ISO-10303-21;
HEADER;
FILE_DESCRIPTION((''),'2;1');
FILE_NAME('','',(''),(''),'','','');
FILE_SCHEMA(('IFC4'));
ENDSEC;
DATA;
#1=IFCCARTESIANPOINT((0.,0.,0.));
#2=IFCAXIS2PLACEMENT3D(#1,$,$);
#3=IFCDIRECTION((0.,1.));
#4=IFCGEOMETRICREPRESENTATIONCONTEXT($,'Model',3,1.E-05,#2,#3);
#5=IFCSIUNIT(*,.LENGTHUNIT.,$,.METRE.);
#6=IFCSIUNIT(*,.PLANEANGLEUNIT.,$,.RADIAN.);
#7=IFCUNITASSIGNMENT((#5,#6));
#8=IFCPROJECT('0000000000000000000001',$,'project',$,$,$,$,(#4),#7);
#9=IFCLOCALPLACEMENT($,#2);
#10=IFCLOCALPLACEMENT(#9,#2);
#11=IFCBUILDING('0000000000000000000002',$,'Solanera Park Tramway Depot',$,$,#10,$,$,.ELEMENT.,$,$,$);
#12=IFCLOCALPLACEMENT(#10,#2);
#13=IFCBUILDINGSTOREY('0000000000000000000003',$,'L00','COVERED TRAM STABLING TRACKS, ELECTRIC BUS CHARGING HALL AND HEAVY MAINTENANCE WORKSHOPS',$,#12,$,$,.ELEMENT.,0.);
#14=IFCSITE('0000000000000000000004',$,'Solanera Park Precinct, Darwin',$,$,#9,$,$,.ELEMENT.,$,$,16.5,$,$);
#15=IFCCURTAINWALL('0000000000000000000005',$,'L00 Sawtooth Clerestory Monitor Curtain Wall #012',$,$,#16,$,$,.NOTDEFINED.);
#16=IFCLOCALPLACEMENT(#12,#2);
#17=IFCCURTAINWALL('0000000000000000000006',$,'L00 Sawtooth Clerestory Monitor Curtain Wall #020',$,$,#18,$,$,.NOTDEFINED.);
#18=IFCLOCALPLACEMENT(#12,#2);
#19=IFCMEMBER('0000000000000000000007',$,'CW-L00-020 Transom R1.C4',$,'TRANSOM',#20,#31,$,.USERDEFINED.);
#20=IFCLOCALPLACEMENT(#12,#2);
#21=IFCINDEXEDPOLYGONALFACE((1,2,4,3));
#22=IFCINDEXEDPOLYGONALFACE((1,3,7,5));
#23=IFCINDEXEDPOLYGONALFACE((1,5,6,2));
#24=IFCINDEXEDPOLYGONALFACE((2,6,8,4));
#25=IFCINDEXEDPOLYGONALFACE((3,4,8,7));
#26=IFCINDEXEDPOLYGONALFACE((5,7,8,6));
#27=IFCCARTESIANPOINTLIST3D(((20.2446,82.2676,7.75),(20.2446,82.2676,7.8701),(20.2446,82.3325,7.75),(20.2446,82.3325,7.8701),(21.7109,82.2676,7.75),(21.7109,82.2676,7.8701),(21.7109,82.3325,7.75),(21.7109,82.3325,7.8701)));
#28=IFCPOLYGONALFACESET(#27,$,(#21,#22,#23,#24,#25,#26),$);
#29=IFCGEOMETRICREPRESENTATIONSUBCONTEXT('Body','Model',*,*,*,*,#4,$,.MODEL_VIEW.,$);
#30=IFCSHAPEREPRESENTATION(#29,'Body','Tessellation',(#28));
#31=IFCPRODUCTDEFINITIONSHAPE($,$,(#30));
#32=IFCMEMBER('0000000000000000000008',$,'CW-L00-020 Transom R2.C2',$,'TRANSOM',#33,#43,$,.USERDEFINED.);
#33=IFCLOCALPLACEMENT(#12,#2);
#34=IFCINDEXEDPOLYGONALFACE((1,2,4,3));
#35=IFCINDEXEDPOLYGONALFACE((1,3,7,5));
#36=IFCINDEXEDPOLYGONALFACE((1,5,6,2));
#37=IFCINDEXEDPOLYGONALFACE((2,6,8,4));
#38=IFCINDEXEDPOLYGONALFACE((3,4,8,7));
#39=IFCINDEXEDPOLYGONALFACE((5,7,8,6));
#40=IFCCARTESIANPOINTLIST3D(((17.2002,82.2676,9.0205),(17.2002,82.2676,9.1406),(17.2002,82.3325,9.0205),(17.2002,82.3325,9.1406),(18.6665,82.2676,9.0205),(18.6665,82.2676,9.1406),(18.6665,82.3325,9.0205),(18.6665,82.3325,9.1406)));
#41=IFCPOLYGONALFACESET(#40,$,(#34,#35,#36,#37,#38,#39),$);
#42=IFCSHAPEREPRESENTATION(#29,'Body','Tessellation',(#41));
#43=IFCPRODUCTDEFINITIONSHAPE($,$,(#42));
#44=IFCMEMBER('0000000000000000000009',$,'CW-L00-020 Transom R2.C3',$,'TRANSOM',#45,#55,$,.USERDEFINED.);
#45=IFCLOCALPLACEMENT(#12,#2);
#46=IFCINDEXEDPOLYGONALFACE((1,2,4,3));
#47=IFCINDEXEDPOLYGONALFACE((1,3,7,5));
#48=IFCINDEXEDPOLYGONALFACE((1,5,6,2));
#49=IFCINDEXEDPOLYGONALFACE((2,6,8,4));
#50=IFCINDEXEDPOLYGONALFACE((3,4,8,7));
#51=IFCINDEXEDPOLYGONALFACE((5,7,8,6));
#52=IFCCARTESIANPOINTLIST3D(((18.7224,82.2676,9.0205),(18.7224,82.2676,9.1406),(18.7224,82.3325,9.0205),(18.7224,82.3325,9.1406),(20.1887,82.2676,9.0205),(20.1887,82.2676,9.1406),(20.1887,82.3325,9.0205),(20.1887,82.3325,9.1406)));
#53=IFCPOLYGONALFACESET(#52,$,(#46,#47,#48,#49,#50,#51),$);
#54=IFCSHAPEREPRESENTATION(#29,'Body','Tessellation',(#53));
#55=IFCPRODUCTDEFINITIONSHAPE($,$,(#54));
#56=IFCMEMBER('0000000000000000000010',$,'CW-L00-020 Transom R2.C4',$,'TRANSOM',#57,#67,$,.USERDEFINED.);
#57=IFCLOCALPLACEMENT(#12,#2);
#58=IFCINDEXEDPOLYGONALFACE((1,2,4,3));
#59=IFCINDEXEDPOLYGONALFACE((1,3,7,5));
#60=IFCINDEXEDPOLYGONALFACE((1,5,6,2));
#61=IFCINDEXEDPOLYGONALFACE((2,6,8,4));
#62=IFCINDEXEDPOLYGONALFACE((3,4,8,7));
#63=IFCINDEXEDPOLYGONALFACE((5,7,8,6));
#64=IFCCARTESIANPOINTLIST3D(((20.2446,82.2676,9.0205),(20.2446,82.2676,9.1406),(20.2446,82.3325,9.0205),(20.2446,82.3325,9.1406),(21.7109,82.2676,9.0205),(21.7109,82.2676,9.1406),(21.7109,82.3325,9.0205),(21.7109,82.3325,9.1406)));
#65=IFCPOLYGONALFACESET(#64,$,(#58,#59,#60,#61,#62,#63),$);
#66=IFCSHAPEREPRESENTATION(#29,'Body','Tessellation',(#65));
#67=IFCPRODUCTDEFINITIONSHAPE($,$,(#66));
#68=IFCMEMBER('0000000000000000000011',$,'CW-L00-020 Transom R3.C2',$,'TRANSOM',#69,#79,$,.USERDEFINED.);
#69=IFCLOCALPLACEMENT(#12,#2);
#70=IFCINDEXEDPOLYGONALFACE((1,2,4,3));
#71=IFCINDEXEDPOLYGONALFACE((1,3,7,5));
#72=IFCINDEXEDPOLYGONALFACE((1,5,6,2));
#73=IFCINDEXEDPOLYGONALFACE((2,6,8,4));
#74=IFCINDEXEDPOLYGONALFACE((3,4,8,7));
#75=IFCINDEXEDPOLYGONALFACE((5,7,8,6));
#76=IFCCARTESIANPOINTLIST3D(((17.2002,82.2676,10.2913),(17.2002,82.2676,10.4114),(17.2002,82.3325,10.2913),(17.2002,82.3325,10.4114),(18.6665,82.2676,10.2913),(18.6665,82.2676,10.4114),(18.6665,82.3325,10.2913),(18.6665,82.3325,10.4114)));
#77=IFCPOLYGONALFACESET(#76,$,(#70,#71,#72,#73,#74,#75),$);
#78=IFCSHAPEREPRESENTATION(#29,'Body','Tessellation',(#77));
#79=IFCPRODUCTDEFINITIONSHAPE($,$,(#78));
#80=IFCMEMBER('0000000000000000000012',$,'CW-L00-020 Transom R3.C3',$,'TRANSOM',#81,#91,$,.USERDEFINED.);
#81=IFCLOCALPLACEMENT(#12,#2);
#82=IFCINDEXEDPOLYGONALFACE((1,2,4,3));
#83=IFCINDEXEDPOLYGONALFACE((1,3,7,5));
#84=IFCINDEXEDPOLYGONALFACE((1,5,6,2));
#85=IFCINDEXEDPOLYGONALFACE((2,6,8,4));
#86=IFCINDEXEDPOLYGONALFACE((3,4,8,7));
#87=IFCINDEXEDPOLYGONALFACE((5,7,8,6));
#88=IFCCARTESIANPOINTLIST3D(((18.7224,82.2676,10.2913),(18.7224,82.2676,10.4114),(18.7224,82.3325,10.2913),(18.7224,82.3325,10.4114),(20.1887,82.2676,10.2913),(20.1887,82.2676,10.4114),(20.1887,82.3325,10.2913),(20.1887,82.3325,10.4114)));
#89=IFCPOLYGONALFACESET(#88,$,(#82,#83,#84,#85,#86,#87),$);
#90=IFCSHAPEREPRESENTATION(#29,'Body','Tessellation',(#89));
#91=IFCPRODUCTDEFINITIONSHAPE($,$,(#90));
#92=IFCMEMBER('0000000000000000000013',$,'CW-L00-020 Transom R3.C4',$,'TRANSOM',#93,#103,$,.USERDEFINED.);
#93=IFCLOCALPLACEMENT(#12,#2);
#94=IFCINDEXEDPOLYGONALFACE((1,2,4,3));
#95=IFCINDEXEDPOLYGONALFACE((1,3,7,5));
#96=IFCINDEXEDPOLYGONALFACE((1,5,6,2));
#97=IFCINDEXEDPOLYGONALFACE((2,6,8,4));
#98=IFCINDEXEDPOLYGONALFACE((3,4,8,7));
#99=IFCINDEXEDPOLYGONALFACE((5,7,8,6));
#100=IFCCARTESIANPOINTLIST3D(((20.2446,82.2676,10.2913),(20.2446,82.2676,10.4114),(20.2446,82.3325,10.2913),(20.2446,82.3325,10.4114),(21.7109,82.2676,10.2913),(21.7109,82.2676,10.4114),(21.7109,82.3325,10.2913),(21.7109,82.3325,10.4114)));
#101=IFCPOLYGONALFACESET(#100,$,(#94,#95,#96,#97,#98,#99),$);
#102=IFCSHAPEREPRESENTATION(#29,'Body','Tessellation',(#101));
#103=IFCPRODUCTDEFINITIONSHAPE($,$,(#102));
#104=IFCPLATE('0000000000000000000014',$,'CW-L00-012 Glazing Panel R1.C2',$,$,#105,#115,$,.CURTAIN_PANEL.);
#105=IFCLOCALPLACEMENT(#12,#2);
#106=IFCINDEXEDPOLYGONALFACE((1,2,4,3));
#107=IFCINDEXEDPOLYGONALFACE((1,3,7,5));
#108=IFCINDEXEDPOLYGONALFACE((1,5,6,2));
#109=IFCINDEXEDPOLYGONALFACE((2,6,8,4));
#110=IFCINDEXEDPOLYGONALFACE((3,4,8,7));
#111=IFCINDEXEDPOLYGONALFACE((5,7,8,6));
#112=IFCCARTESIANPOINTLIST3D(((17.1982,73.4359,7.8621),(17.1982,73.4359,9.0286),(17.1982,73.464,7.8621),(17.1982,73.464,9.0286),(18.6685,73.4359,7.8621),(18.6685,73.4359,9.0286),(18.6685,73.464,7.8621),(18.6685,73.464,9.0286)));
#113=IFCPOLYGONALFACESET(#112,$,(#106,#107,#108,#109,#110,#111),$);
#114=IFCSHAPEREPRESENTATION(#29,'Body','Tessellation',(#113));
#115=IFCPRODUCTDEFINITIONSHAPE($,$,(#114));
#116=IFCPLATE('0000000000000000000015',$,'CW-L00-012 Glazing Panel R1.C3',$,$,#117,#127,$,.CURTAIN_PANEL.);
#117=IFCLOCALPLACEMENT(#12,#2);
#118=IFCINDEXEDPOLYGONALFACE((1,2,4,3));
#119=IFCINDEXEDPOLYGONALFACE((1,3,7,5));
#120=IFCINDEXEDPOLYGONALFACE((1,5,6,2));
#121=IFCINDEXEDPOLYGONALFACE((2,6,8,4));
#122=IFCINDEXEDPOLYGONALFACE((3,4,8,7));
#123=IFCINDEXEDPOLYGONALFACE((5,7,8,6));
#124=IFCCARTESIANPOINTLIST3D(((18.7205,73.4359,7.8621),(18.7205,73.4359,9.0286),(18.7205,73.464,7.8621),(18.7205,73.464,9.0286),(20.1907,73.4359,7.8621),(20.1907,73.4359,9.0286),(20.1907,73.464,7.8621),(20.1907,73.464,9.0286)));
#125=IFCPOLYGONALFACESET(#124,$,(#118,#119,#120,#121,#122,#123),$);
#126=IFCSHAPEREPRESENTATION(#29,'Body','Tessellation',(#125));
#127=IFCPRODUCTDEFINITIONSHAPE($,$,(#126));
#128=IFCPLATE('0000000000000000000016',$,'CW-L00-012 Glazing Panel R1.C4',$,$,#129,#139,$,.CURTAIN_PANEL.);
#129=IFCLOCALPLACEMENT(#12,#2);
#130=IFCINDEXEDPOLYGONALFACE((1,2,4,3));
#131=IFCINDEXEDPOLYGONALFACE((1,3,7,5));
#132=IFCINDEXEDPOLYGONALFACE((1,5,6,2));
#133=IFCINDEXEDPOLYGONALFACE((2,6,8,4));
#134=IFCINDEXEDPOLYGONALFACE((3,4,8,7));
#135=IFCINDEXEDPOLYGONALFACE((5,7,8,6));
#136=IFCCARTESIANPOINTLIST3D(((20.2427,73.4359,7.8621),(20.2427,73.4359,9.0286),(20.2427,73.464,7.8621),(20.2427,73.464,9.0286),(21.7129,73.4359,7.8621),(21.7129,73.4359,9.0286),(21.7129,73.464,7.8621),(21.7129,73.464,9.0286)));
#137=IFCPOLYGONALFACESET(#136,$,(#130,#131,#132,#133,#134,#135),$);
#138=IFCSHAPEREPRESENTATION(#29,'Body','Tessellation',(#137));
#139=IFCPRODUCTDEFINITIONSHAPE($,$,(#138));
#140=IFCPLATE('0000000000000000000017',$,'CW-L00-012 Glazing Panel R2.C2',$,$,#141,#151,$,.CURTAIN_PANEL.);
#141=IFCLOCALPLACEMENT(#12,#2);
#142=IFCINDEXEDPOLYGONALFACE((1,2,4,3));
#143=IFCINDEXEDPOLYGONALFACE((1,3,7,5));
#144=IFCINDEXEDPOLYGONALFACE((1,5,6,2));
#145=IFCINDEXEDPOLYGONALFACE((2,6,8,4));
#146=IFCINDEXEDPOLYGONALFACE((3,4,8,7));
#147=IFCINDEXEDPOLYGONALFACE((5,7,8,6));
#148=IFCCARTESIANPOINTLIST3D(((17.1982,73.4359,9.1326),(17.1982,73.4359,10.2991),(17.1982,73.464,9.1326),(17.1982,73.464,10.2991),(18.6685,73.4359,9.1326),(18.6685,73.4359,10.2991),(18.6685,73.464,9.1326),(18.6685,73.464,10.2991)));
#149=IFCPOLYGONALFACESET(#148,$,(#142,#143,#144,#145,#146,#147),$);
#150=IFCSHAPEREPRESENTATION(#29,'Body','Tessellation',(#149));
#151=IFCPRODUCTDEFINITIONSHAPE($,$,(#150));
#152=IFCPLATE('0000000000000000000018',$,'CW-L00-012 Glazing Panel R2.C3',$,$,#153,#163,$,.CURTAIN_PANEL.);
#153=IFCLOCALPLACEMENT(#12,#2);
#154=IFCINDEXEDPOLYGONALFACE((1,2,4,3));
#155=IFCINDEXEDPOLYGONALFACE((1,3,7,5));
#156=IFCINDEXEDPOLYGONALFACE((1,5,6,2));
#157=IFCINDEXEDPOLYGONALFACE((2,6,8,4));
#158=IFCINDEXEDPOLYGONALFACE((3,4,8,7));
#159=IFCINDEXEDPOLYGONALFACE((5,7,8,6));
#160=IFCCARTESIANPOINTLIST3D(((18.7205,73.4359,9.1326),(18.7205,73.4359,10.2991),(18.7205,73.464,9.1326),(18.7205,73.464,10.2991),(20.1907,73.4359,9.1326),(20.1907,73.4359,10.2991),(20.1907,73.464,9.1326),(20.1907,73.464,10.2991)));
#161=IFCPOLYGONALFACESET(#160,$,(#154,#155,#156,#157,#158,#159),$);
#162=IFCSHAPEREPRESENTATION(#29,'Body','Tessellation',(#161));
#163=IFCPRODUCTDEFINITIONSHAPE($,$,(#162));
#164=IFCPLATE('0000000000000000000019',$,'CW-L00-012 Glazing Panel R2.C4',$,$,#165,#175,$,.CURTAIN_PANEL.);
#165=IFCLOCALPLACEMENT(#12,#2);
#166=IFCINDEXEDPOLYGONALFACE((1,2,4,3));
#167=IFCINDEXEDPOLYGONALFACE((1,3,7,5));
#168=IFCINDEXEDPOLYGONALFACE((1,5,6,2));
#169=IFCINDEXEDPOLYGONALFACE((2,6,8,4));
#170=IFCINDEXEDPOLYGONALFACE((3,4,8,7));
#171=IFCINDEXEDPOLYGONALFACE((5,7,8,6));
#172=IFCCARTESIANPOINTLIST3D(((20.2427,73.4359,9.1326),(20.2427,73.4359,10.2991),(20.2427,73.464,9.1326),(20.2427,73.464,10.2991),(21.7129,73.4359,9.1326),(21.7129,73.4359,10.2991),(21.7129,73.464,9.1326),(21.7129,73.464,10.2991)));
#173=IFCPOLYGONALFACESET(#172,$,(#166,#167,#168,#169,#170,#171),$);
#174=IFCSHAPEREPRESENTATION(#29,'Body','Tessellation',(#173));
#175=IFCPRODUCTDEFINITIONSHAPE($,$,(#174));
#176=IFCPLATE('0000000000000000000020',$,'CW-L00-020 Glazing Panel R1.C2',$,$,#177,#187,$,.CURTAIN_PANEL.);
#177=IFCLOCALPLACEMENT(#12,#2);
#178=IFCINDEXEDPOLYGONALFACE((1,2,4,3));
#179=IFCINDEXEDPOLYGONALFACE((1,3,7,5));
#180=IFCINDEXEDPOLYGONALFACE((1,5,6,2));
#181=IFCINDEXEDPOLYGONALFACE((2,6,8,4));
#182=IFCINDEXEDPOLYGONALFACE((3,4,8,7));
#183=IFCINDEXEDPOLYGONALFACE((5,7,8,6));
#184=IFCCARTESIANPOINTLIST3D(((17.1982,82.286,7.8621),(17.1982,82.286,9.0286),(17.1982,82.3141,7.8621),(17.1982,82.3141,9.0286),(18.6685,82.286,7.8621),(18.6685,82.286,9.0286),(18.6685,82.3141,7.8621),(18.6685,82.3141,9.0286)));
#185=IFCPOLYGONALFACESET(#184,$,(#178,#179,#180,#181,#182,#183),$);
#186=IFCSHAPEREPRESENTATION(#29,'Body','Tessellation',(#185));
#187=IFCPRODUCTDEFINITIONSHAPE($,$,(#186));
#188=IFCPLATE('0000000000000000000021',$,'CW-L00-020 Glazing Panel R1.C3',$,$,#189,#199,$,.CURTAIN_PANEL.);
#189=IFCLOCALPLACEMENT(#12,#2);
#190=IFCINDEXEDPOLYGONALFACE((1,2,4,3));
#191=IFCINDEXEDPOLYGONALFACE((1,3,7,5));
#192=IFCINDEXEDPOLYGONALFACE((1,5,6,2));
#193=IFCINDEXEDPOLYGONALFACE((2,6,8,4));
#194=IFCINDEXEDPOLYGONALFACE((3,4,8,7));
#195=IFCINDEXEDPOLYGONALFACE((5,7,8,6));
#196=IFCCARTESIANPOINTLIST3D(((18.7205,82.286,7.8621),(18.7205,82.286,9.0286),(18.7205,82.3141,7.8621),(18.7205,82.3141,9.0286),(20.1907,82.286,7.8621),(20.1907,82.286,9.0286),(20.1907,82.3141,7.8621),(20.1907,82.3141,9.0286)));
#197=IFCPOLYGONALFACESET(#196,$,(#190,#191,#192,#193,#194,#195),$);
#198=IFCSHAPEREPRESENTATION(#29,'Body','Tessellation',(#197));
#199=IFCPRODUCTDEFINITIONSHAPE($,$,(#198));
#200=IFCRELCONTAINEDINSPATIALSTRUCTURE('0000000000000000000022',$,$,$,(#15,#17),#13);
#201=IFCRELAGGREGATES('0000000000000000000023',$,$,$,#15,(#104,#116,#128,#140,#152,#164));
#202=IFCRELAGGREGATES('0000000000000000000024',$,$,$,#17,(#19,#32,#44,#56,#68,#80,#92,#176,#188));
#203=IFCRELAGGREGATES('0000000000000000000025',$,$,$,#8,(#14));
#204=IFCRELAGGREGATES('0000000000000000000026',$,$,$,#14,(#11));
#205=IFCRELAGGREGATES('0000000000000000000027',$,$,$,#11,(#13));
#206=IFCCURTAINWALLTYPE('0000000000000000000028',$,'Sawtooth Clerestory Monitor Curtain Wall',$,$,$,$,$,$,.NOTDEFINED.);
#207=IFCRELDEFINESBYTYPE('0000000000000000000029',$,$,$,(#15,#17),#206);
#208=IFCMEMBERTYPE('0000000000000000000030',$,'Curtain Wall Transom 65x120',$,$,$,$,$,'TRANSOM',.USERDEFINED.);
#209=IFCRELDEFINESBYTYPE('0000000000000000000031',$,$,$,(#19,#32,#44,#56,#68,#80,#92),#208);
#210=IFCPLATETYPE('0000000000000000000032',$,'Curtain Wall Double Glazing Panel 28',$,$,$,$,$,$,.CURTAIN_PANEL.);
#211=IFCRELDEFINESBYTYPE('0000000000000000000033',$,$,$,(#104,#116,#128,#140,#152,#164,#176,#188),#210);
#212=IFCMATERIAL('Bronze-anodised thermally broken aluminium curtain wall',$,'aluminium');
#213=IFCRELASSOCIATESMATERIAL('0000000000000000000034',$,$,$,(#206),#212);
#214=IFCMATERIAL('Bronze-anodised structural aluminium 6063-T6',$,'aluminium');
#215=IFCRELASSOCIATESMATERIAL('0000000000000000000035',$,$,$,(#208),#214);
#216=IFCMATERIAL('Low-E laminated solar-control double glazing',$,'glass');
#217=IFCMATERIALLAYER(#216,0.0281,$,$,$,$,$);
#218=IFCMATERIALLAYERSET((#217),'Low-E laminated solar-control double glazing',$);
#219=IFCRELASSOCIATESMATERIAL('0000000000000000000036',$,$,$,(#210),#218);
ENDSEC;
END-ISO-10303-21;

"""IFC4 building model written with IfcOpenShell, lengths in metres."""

from ifc_helpers import new_model, si_unit, direction, frame, origin, origin_2d, place, context, subcontext, project, spatial, rectangle, extrude, material, layer, layer_set, material_profile, profile_set, type_object, element, aggregate, save


model = new_model("IFC4")

# Units and contexts
model_context = context("Model", 3, precision=1e-05, world=origin(), true_north=direction((0.0, 1.0)))
body_context = subcontext(model_context, "Body", "Model", "MODEL_VIEW")
ifc_project = project(units=[si_unit("LENGTHUNIT", "METRE"), si_unit("PLANEANGLEUNIT", "RADIAN")], contexts=[model_context])

# Site, building, storey
site_placement = place(None, origin())
site = spatial("IfcSite", under=ifc_project, at=site_placement, Name="Solanera Park Precinct, Darwin", CompositionType="ELEMENT", RefElevation=16.5)
building_placement = place(site_placement, origin())
building = spatial("IfcBuilding", under=site, at=building_placement, Name="Solanera Park Tramway Depot", CompositionType="ELEMENT")
storey_placement = place(building_placement, origin())
storey = spatial("IfcBuildingStorey", under=building, at=storey_placement, Name="L00", Description="COVERED TRAM STABLING TRACKS, ELECTRIC BUS CHARGING HALL AND HEAVY MAINTENANCE WORKSHOPS", CompositionType="ELEMENT", Elevation=0.0)

# Curtain walls
ifc_material_1 = material(Name="Bronze-anodised thermally broken aluminium curtain wall", Category="aluminium")
curtain_wall_type = type_object("IfcCurtainWallType", Name="Sawtooth Clerestory Monitor Curtain Wall", PredefinedType="NOTDEFINED", material=ifc_material_1)
curtain_wall_1_placement = place(storey_placement, origin())
curtain_wall_1 = element("IfcCurtainWall", 1, at=curtain_wall_1_placement, inside=storey, type_object=curtain_wall_type, Name="L00 Sawtooth Clerestory Monitor Curtain Wall #012", PredefinedType="NOTDEFINED")
curtain_wall_2_placement = place(storey_placement, origin())
curtain_wall_2 = element("IfcCurtainWall", 2, at=curtain_wall_2_placement, inside=storey, type_object=curtain_wall_type, Name="L00 Sawtooth Clerestory Monitor Curtain Wall #020", PredefinedType="NOTDEFINED")

# Members
ifc_material_2 = material(Name="Bronze-anodised structural aluminium 6063-T6", Category="aluminium")
ifc_material_profile_1 = material_profile(ifc_material_2, rectangle(XDim=0.0649, YDim=0.1201, at=origin_2d()), Name="Curtain Wall Transom 65x120")
ifc_profile_set_1 = profile_set([ifc_material_profile_1], Name="Bronze-anodised structural aluminium 6063-T6")
member_type_1 = type_object("IfcMemberType", Name="Curtain Wall Transom 65x120", ElementType="TRANSOM", PredefinedType="USERDEFINED", material=ifc_profile_set_1)
member_1_placement = place(storey_placement, frame((20.2446, 82.3, 7.8101), z_axis=(1.0, 0.0, 0.0), x_axis=(0.0, 1.0, 0.0)))
member_1 = element("IfcMember", 3, at=member_1_placement, type_object=member_type_1, Name="CW-L00-020 Transom R1.C4", ObjectType="TRANSOM", PredefinedType="USERDEFINED", context=body_context, shape_type="SweptSolid", body=[
    extrude(rectangle(XDim=0.0649, YDim=0.1201, at=origin_2d()), origin(), (0.0, 0.0, 1.0), 1.4663),
])
member_2_placement = place(storey_placement, frame((17.2002, 82.3, 9.0806), z_axis=(1.0, 0.0, 0.0), x_axis=(0.0, 1.0, 0.0)))
member_2 = element("IfcMember", 4, at=member_2_placement, type_object=member_type_1, Name="CW-L00-020 Transom R2.C2", ObjectType="TRANSOM", PredefinedType="USERDEFINED", context=body_context, shape_type="SweptSolid", body=[
    extrude(rectangle(XDim=0.0649, YDim=0.1201, at=origin_2d()), origin(), (0.0, 0.0, 1.0), 1.4663),
])
member_3_placement = place(storey_placement, frame((18.7224, 82.3, 9.0806), z_axis=(1.0, 0.0, 0.0), x_axis=(0.0, 1.0, 0.0)))
member_3 = element("IfcMember", 5, at=member_3_placement, type_object=member_type_1, Name="CW-L00-020 Transom R2.C3", ObjectType="TRANSOM", PredefinedType="USERDEFINED", context=body_context, shape_type="SweptSolid", body=[
    extrude(rectangle(XDim=0.0649, YDim=0.1201, at=origin_2d()), origin(), (0.0, 0.0, 1.0), 1.4663),
])
member_4_placement = place(storey_placement, frame((20.2446, 82.3, 9.0806), z_axis=(1.0, 0.0, 0.0), x_axis=(0.0, 1.0, 0.0)))
member_4 = element("IfcMember", 6, at=member_4_placement, type_object=member_type_1, Name="CW-L00-020 Transom R2.C4", ObjectType="TRANSOM", PredefinedType="USERDEFINED", context=body_context, shape_type="SweptSolid", body=[
    extrude(rectangle(XDim=0.0649, YDim=0.1201, at=origin_2d()), origin(), (0.0, 0.0, 1.0), 1.4663),
])
member_5_placement = place(storey_placement, frame((17.2002, 82.3, 10.3513), z_axis=(1.0, 0.0, 0.0), x_axis=(0.0, 1.0, 0.0)))
member_5 = element("IfcMember", 7, at=member_5_placement, type_object=member_type_1, Name="CW-L00-020 Transom R3.C2", ObjectType="TRANSOM", PredefinedType="USERDEFINED", context=body_context, shape_type="SweptSolid", body=[
    extrude(rectangle(XDim=0.0649, YDim=0.1201, at=origin_2d()), origin(), (0.0, 0.0, 1.0), 1.4663),
])
member_6_placement = place(storey_placement, frame((18.7224, 82.3, 10.3513), z_axis=(1.0, 0.0, 0.0), x_axis=(0.0, 1.0, 0.0)))
member_6 = element("IfcMember", 8, at=member_6_placement, type_object=member_type_1, Name="CW-L00-020 Transom R3.C3", ObjectType="TRANSOM", PredefinedType="USERDEFINED", context=body_context, shape_type="SweptSolid", body=[
    extrude(rectangle(XDim=0.0649, YDim=0.1201, at=origin_2d()), origin(), (0.0, 0.0, 1.0), 1.4663),
])
member_7_placement = place(storey_placement, frame((20.2446, 82.3, 10.3513), z_axis=(1.0, 0.0, 0.0), x_axis=(0.0, 1.0, 0.0)))
member_7 = element("IfcMember", 9, at=member_7_placement, type_object=member_type_1, Name="CW-L00-020 Transom R3.C4", ObjectType="TRANSOM", PredefinedType="USERDEFINED", context=body_context, shape_type="SweptSolid", body=[
    extrude(rectangle(XDim=0.0649, YDim=0.1201, at=origin_2d()), origin(), (0.0, 0.0, 1.0), 1.4663),
])

# Plates
ifc_material_3 = material(Name="Low-E laminated solar-control double glazing", Category="glass")
ifc_layer = layer(ifc_material_3, 0.0281)
ifc_layer_set = layer_set([ifc_layer], Name="Low-E laminated solar-control double glazing")
plate_type = type_object("IfcPlateType", Name="Curtain Wall Double Glazing Panel 28", PredefinedType="CURTAIN_PANEL", material=ifc_layer_set)
plate_1_placement = place(storey_placement, frame((17.9333, 73.45, 7.8621), z_axis=(0.0, 0.0, 1.0), x_axis=(1.0, 0.0, 0.0)))
plate_1 = element("IfcPlate", 10, at=plate_1_placement, type_object=plate_type, Name="CW-L00-012 Glazing Panel R1.C2", PredefinedType="CURTAIN_PANEL", context=body_context, shape_type="SweptSolid", body=[
    extrude(rectangle(XDim=1.4702, YDim=0.0281, at=origin_2d()), origin(), (0.0, 0.0, 1.0), 1.1665),
])
plate_2_placement = place(storey_placement, frame((19.4556, 73.45, 7.8621), z_axis=(0.0, 0.0, 1.0), x_axis=(1.0, 0.0, 0.0)))
plate_2 = element("IfcPlate", 11, at=plate_2_placement, type_object=plate_type, Name="CW-L00-012 Glazing Panel R1.C3", PredefinedType="CURTAIN_PANEL", context=body_context, shape_type="SweptSolid", body=[
    extrude(rectangle(XDim=1.4702, YDim=0.0281, at=origin_2d()), origin(), (0.0, 0.0, 1.0), 1.1665),
])
plate_3_placement = place(storey_placement, frame((20.9778, 73.45, 7.8621), z_axis=(0.0, 0.0, 1.0), x_axis=(1.0, 0.0, 0.0)))
plate_3 = element("IfcPlate", 12, at=plate_3_placement, type_object=plate_type, Name="CW-L00-012 Glazing Panel R1.C4", PredefinedType="CURTAIN_PANEL", context=body_context, shape_type="SweptSolid", body=[
    extrude(rectangle(XDim=1.4702, YDim=0.0281, at=origin_2d()), origin(), (0.0, 0.0, 1.0), 1.1665),
])
plate_4_placement = place(storey_placement, frame((17.9333, 73.45, 9.1326), z_axis=(0.0, 0.0, 1.0), x_axis=(1.0, 0.0, 0.0)))
plate_4 = element("IfcPlate", 13, at=plate_4_placement, type_object=plate_type, Name="CW-L00-012 Glazing Panel R2.C2", PredefinedType="CURTAIN_PANEL", context=body_context, shape_type="SweptSolid", body=[
    extrude(rectangle(XDim=1.4702, YDim=0.0281, at=origin_2d()), origin(), (0.0, 0.0, 1.0), 1.1665),
])
plate_5_placement = place(storey_placement, frame((19.4556, 73.45, 9.1326), z_axis=(0.0, 0.0, 1.0), x_axis=(1.0, 0.0, 0.0)))
plate_5 = element("IfcPlate", 14, at=plate_5_placement, type_object=plate_type, Name="CW-L00-012 Glazing Panel R2.C3", PredefinedType="CURTAIN_PANEL", context=body_context, shape_type="SweptSolid", body=[
    extrude(rectangle(XDim=1.4702, YDim=0.0281, at=origin_2d()), origin(), (0.0, 0.0, 1.0), 1.1665),
])
plate_6_placement = place(storey_placement, frame((20.9778, 73.45, 9.1326), z_axis=(0.0, 0.0, 1.0), x_axis=(1.0, 0.0, 0.0)))
plate_6 = element("IfcPlate", 15, at=plate_6_placement, type_object=plate_type, Name="CW-L00-012 Glazing Panel R2.C4", PredefinedType="CURTAIN_PANEL", context=body_context, shape_type="SweptSolid", body=[
    extrude(rectangle(XDim=1.4702, YDim=0.0281, at=origin_2d()), origin(), (0.0, 0.0, 1.0), 1.1665),
])
aggregate(curtain_wall_1, [plate_1, plate_2, plate_3, plate_4, plate_5, plate_6])
plate_7_placement = place(storey_placement, frame((17.9333, 82.3, 7.8621), z_axis=(0.0, 0.0, 1.0), x_axis=(1.0, 0.0, 0.0)))
plate_7 = element("IfcPlate", 16, at=plate_7_placement, type_object=plate_type, Name="CW-L00-020 Glazing Panel R1.C2", PredefinedType="CURTAIN_PANEL", context=body_context, shape_type="SweptSolid", body=[
    extrude(rectangle(XDim=1.4702, YDim=0.0281, at=origin_2d()), origin(), (0.0, 0.0, 1.0), 1.1665),
])
plate_8_placement = place(storey_placement, frame((19.4556, 82.3, 7.8621), z_axis=(0.0, 0.0, 1.0), x_axis=(1.0, 0.0, 0.0)))
plate_8 = element("IfcPlate", 17, at=plate_8_placement, type_object=plate_type, Name="CW-L00-020 Glazing Panel R1.C3", PredefinedType="CURTAIN_PANEL", context=body_context, shape_type="SweptSolid", body=[
    extrude(rectangle(XDim=1.4702, YDim=0.0281, at=origin_2d()), origin(), (0.0, 0.0, 1.0), 1.1665),
])
aggregate(curtain_wall_2, [member_1, member_2, member_3, member_4, member_5, member_6, member_7, plate_7, plate_8])

save(model, "model.ifc")
